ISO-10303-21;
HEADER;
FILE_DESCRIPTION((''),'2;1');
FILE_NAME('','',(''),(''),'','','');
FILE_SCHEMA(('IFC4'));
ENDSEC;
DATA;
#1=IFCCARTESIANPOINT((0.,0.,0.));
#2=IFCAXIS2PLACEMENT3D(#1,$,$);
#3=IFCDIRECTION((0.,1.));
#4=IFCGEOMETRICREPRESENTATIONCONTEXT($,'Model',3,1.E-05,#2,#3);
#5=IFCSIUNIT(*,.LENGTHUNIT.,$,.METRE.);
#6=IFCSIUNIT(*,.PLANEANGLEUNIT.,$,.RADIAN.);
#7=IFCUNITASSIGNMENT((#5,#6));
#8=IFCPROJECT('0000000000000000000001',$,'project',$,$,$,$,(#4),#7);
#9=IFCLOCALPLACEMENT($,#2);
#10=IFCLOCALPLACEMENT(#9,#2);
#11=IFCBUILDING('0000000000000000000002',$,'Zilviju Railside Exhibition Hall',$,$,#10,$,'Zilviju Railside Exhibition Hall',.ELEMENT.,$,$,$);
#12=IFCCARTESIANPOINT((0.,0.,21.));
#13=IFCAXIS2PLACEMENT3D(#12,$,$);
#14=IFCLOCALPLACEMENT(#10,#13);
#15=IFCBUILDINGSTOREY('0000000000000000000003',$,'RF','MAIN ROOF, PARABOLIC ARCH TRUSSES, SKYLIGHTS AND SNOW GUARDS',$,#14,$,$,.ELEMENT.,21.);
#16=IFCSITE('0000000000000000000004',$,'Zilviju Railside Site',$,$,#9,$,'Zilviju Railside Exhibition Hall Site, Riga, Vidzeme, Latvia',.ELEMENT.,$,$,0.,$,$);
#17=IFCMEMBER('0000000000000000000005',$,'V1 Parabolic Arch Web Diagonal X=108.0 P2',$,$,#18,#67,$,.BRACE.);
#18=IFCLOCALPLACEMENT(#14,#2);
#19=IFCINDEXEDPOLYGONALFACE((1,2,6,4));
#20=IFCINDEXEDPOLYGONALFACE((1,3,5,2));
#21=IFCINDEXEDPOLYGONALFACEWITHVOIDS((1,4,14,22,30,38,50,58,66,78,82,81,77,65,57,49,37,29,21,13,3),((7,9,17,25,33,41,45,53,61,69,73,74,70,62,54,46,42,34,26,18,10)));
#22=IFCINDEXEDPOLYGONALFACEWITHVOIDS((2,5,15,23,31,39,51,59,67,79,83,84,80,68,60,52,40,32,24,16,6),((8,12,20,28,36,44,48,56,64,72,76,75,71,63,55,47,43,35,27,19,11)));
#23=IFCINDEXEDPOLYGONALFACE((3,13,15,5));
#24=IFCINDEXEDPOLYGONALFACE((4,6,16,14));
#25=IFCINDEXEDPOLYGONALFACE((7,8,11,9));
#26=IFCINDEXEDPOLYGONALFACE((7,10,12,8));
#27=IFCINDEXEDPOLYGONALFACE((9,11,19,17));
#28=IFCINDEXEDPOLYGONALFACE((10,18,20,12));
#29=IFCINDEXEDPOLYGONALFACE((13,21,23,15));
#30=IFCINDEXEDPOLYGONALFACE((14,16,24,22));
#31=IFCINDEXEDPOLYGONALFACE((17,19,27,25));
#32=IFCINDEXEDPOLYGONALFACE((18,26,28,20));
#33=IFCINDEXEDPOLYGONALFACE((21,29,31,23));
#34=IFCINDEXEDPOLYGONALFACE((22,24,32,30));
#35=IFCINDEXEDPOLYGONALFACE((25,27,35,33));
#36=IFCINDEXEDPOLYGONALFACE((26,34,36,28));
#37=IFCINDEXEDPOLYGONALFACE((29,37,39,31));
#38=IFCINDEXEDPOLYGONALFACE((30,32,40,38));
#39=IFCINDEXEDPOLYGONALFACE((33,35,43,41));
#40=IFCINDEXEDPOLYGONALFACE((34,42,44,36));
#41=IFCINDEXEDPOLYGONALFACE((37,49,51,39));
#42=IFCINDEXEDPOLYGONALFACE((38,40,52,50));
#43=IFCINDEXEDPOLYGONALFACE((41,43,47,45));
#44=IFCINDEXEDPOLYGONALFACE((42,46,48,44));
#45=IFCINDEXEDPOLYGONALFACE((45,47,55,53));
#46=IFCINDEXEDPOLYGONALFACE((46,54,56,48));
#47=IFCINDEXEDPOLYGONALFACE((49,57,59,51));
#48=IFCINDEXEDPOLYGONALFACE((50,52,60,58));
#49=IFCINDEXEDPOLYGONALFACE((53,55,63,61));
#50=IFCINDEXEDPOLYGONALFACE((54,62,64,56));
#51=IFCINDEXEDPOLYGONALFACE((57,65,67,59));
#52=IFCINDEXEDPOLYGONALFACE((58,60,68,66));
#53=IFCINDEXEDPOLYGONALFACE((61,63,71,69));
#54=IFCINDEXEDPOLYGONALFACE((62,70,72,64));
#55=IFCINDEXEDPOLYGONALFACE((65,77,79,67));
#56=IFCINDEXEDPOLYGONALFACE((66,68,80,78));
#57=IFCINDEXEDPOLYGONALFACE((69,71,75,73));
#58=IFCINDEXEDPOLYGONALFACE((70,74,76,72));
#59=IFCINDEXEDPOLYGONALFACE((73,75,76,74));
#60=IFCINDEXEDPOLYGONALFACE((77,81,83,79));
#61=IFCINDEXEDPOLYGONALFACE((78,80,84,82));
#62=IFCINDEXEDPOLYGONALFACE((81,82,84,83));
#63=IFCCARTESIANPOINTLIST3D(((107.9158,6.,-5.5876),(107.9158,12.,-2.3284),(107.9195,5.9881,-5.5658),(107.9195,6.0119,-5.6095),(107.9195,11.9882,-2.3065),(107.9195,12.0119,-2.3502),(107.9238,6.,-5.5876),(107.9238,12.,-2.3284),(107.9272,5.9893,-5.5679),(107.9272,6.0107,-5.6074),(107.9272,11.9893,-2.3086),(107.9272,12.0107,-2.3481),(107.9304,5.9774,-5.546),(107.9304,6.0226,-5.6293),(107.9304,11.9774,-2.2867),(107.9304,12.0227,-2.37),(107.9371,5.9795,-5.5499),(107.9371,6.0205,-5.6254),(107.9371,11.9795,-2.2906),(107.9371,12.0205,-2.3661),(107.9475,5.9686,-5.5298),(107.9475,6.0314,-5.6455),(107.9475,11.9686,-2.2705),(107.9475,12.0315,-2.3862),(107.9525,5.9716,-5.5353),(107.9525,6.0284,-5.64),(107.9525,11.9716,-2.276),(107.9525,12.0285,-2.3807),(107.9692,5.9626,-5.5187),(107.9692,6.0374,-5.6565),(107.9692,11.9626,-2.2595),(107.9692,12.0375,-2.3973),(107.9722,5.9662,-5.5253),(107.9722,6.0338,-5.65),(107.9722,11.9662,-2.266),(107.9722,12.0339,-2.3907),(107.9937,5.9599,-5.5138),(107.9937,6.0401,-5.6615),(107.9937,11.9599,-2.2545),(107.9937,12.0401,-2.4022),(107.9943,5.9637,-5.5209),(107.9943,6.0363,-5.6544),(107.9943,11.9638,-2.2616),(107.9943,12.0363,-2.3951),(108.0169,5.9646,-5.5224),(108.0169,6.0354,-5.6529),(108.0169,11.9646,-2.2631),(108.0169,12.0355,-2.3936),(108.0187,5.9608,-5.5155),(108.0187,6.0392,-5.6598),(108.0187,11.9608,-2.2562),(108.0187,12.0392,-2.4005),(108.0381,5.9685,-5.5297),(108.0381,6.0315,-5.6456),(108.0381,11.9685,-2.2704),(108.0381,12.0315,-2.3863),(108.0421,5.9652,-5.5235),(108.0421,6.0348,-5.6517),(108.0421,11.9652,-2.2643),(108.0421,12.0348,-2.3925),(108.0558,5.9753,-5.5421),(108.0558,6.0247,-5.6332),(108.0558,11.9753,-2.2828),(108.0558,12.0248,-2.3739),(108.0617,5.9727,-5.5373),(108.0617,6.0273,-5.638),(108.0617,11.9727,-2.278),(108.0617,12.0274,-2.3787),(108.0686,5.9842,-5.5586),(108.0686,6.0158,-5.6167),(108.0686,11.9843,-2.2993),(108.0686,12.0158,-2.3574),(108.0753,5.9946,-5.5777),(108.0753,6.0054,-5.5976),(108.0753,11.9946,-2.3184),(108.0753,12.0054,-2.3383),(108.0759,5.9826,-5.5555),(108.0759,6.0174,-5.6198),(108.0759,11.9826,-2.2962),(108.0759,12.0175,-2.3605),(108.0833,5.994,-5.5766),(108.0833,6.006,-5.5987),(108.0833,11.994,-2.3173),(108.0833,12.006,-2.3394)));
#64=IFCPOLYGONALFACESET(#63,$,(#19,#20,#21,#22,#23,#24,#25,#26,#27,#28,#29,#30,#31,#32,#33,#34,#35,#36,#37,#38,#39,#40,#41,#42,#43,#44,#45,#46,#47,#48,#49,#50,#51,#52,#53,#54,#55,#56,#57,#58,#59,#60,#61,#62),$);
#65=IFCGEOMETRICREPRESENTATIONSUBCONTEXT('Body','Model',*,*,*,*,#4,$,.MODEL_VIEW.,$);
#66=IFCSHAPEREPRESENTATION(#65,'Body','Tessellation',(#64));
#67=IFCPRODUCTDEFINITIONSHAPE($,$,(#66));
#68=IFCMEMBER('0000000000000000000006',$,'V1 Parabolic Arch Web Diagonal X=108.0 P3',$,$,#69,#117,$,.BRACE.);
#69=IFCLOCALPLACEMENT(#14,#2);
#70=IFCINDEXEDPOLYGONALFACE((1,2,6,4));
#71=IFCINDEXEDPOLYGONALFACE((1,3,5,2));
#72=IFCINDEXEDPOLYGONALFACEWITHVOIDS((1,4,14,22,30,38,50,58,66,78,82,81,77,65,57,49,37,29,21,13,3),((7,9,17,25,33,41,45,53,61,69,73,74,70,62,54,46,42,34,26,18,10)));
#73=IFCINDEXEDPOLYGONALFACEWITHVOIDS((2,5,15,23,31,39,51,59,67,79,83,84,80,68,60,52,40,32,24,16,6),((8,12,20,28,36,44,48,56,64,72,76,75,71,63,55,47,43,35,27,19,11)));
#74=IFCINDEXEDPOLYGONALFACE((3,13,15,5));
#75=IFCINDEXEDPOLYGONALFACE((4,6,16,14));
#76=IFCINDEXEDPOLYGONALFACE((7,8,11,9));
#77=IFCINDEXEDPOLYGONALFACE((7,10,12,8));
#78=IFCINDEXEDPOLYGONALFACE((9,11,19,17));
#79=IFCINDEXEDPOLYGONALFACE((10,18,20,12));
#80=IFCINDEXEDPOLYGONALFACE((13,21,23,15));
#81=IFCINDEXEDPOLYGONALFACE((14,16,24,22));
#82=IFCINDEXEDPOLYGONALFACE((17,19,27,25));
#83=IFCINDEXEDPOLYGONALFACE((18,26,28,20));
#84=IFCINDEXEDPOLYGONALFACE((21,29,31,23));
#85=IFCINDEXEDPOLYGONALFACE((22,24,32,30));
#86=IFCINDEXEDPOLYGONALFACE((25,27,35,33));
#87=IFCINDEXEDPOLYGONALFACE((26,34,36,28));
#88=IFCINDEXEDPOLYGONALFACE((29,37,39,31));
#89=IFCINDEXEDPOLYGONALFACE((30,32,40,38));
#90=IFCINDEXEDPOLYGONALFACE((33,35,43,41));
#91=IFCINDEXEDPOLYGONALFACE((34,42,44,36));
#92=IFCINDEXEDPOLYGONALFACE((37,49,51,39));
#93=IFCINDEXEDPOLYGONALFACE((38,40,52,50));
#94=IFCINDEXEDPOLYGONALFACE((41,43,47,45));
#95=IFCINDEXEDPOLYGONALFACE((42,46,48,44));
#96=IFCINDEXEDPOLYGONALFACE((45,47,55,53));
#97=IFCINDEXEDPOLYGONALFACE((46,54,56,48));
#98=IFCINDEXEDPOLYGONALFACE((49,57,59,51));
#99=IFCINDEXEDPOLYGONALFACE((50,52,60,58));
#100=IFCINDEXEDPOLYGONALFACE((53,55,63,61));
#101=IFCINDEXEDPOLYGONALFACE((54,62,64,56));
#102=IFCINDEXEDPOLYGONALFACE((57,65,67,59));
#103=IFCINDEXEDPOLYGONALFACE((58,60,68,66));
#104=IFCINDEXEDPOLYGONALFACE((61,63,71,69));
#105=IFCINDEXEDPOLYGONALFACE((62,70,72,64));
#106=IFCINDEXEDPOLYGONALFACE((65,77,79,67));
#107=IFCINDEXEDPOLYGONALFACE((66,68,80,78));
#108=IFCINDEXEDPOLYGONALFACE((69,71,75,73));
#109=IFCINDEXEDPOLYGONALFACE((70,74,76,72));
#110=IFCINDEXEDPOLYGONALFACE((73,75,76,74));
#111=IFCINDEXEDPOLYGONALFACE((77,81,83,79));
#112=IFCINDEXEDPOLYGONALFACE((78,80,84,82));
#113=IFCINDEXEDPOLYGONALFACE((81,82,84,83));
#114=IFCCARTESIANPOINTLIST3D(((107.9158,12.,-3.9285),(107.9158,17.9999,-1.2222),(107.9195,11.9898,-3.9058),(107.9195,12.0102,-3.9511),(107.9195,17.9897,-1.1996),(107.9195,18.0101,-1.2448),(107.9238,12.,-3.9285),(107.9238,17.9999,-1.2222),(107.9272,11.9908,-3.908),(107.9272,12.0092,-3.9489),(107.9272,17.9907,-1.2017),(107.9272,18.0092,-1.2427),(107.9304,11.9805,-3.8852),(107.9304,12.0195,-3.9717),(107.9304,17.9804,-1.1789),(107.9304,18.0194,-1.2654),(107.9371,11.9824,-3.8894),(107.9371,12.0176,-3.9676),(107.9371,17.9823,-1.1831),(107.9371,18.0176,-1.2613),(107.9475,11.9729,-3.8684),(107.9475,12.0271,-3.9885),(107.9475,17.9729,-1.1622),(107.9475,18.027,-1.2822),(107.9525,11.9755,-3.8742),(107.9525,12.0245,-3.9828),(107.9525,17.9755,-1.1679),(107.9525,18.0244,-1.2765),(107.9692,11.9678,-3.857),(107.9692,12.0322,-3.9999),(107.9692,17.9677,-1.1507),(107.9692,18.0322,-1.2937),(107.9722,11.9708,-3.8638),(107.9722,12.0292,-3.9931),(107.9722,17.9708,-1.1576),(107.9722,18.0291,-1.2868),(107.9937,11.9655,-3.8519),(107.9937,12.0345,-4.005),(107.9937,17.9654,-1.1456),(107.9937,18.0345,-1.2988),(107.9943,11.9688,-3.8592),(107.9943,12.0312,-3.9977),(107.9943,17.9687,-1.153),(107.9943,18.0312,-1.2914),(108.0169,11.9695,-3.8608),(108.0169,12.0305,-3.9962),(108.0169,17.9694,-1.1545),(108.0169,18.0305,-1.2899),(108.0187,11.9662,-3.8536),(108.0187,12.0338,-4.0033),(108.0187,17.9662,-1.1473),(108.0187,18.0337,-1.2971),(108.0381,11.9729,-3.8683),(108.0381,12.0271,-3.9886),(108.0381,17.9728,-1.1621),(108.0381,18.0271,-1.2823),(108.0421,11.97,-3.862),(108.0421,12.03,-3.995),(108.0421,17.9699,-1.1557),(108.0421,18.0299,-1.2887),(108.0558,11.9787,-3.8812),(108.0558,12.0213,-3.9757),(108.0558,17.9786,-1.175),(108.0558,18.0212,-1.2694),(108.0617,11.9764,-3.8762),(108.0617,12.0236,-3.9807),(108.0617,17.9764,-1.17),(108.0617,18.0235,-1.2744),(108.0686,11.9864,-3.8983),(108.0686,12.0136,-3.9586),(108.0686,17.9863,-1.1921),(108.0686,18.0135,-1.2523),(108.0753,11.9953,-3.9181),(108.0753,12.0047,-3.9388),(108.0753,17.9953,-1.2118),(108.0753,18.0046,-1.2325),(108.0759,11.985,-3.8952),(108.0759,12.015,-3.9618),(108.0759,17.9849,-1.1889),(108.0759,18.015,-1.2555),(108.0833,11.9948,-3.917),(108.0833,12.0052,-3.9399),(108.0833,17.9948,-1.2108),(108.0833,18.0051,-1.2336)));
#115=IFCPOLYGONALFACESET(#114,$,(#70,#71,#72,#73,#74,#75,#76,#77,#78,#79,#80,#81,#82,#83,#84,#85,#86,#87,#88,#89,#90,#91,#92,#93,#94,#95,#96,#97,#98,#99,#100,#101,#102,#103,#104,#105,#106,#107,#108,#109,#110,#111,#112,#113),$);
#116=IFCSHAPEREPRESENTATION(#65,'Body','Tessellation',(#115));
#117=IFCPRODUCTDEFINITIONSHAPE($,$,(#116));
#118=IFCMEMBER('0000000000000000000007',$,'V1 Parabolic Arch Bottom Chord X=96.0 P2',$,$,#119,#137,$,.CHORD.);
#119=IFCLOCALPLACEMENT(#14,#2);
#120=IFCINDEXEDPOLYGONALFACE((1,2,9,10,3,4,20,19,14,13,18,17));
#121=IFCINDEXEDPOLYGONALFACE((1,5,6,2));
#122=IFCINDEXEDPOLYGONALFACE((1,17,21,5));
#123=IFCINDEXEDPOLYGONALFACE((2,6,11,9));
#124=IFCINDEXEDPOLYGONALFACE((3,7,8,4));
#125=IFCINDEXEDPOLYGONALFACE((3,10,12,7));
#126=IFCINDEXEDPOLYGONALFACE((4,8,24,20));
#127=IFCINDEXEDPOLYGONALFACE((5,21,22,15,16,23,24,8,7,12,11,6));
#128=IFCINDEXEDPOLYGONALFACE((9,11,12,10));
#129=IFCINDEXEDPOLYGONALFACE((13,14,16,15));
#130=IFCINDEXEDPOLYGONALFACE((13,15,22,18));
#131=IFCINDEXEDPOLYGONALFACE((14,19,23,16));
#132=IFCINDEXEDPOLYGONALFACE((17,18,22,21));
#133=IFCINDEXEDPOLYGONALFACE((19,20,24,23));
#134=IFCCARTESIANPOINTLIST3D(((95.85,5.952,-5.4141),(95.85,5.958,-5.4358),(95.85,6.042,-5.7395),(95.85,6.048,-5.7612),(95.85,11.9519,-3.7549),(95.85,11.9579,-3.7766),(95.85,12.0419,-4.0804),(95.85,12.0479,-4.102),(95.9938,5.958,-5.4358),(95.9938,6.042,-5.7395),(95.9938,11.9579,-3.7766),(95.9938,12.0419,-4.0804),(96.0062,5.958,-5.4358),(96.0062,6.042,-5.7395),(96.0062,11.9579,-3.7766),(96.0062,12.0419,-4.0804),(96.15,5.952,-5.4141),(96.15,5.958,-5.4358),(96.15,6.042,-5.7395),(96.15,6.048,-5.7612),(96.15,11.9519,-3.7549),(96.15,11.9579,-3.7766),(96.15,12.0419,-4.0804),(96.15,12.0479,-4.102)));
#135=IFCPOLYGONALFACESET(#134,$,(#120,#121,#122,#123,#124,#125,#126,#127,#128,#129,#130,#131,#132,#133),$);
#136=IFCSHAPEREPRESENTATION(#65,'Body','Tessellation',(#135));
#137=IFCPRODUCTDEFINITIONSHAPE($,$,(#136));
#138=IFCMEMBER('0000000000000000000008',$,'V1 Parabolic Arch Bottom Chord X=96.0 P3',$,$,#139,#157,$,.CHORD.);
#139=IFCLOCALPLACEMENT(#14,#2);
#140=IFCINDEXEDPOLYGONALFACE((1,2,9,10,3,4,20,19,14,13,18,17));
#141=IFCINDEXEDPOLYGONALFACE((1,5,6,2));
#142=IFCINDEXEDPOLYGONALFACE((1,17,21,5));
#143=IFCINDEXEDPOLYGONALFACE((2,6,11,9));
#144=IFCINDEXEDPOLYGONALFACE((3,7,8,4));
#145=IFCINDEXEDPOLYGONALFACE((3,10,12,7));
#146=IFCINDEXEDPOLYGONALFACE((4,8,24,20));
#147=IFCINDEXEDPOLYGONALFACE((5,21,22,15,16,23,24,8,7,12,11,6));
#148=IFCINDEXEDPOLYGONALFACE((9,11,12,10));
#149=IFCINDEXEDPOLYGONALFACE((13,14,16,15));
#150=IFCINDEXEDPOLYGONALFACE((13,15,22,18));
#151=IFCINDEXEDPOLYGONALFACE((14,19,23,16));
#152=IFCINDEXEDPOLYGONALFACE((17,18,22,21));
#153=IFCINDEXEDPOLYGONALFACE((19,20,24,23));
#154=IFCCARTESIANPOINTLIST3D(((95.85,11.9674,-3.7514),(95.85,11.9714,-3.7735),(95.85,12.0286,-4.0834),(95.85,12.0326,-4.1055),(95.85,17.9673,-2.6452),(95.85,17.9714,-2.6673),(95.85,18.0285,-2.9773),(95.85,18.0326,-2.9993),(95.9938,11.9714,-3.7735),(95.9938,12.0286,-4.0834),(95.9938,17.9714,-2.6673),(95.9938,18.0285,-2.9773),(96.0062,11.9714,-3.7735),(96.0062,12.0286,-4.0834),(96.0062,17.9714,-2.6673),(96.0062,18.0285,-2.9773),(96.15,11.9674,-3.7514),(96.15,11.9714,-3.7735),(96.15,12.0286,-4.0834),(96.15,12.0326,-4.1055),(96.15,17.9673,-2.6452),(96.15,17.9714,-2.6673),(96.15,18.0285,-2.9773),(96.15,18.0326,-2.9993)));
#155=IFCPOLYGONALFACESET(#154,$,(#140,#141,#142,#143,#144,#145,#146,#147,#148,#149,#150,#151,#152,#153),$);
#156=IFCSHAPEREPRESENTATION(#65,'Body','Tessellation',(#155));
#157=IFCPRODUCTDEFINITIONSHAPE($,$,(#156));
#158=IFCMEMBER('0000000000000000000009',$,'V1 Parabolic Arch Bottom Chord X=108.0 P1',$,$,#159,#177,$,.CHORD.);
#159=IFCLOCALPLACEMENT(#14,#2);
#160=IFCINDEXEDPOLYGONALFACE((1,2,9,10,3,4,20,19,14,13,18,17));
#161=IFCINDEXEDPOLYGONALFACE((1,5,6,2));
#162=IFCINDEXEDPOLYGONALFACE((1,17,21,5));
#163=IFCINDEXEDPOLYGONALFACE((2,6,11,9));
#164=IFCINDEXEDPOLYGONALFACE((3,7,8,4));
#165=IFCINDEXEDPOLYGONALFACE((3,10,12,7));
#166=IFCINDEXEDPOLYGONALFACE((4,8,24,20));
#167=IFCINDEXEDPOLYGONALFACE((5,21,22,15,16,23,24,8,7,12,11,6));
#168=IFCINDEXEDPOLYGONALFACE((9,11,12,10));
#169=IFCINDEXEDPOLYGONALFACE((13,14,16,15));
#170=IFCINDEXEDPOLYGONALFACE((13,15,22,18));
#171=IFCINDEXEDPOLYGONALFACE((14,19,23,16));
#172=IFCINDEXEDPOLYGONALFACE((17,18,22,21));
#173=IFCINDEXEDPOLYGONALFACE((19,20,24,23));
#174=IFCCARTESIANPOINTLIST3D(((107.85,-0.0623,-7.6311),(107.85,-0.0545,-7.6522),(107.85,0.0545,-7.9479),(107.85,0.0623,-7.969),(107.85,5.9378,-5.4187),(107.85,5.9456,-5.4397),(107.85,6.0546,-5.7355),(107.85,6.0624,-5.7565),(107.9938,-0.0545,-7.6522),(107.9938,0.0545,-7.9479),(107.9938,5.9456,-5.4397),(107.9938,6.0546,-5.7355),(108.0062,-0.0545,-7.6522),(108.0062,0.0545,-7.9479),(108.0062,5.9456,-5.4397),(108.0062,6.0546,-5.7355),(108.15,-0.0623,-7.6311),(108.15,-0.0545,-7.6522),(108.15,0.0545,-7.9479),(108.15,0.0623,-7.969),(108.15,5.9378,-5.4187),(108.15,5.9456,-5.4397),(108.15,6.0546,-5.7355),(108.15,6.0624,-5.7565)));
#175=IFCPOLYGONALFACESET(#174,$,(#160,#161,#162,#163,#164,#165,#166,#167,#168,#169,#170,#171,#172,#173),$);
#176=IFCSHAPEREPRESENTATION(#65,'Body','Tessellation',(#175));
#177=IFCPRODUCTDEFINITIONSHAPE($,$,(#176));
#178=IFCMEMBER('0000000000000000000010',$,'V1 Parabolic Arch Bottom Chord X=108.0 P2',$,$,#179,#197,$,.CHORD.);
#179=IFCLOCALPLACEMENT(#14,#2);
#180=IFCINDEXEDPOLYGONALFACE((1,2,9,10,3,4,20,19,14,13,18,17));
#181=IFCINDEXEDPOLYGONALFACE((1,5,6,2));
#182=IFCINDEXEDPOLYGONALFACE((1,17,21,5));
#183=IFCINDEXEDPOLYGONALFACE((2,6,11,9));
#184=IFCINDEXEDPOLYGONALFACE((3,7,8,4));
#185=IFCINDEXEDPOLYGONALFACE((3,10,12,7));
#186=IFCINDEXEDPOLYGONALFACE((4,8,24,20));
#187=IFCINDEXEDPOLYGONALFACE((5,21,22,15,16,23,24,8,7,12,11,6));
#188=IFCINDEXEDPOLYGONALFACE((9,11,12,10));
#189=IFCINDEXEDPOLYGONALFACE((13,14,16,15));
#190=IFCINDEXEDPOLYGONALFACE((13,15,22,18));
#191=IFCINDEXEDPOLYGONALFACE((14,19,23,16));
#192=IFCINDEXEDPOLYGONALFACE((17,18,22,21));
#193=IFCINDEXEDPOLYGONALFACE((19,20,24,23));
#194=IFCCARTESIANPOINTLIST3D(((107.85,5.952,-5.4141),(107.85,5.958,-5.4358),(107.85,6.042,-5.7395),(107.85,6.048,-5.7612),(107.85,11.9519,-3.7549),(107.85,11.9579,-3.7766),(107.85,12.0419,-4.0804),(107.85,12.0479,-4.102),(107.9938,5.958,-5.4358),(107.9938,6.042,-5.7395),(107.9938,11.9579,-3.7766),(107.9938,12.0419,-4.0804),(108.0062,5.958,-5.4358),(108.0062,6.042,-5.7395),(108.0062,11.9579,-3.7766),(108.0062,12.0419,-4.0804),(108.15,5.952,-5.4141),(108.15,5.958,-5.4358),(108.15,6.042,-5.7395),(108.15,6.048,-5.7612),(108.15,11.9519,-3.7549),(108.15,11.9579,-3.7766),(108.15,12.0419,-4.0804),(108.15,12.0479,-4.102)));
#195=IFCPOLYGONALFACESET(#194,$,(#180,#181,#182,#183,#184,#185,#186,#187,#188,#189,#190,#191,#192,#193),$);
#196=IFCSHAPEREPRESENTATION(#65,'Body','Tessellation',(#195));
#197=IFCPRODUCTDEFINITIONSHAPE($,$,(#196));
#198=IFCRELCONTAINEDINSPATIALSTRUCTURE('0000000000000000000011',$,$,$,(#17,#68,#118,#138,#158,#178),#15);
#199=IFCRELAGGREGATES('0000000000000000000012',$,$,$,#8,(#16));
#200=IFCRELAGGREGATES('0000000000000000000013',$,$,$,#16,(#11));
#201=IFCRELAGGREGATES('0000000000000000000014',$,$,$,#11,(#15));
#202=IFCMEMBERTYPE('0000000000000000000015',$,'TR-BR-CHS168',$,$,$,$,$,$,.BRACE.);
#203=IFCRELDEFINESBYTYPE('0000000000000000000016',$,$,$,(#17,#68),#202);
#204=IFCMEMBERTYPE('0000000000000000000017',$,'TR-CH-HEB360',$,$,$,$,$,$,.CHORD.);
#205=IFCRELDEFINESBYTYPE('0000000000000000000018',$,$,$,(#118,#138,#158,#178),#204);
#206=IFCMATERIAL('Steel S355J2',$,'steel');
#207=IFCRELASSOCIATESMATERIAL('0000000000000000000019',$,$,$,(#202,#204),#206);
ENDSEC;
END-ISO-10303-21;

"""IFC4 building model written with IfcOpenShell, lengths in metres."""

from ifc_helpers import new_model, si_unit, direction, frame, origin, origin_2d, place, context, subcontext, project, spatial, hollow_circle, i_section, extrude, material, material_profile, profile_set, type_object, element, save


model = new_model("IFC4")

# Units and contexts
model_context = context("Model", 3, precision=1e-05, world=origin(), true_north=direction((0.0, 1.0)))
body_context = subcontext(model_context, "Body", "Model", "MODEL_VIEW")
ifc_project = project(units=[si_unit("LENGTHUNIT", "METRE"), si_unit("PLANEANGLEUNIT", "RADIAN")], contexts=[model_context])

# Site, building, storey
site_placement = place(None, origin())
site = spatial("IfcSite", under=ifc_project, at=site_placement, Name="Zilviju Railside Site", LongName="Zilviju Railside Exhibition Hall Site, Riga, Vidzeme, Latvia", CompositionType="ELEMENT", RefElevation=0.0)
building_placement = place(site_placement, origin())
building = spatial("IfcBuilding", under=site, at=building_placement, Name="Zilviju Railside Exhibition Hall", LongName="Zilviju Railside Exhibition Hall", CompositionType="ELEMENT")
storey_placement = place(building_placement, frame((0.0, 0.0, 21.0)))
storey = spatial("IfcBuildingStorey", under=building, at=storey_placement, Name="RF", Description="MAIN ROOF, PARABOLIC ARCH TRUSSES, SKYLIGHTS AND SNOW GUARDS", CompositionType="ELEMENT", Elevation=21.0)

# Members
ifc_material_1 = material(Name="Steel S355J2", Category="steel")
ifc_material_profile_1 = material_profile(ifc_material_1, hollow_circle(Radius=0.0842, WallThickness=0.0081, at=origin_2d()), Name="CHS 168.3x8.0")
ifc_profile_set_1 = profile_set([ifc_material_profile_1], Name="Steel S355J2")
member_type_1 = type_object("IfcMemberType", Name="TR-BR-CHS168", PredefinedType="BRACE", material=ifc_profile_set_1)
member_1_placement = place(storey_placement, frame((108.0, 6.0, -5.5876), z_axis=(0.0, 0.878722, 0.477333), x_axis=(-1.0, 0.0, 0.0)))
element("IfcMember", 1, at=member_1_placement, inside=storey, type_object=member_type_1, Name="V1 Parabolic Arch Web Diagonal X=108.0 P2", PredefinedType="BRACE", context=body_context, shape_type="SweptSolid", body=[
    extrude(hollow_circle(Radius=0.0842, WallThickness=0.0081, at=origin_2d()), origin(), (0.0, 0.0, 1.0), 6.8281),
])
member_2_placement = place(storey_placement, frame((108.0, 12.0, -3.9285), z_axis=(0.0, 0.911563, 0.41116), x_axis=(-1.0, 0.0, 0.0)))
element("IfcMember", 2, at=member_2_placement, inside=storey, type_object=member_type_1, Name="V1 Parabolic Arch Web Diagonal X=108.0 P3", PredefinedType="BRACE", context=body_context, shape_type="SweptSolid", body=[
    extrude(hollow_circle(Radius=0.0842, WallThickness=0.0081, at=origin_2d()), origin(), (0.0, 0.0, 1.0), 6.582),
])
ifc_material_profile_2 = material_profile(ifc_material_1, i_section(OverallWidth=0.3, OverallDepth=0.3601, WebThickness=0.0125, FlangeThickness=0.0225, at=origin_2d()), Name="HEB 360")
ifc_profile_set_2 = profile_set([ifc_material_profile_2], Name="Steel S355J2")
member_type_2 = type_object("IfcMemberType", Name="TR-CH-HEB360", PredefinedType="CHORD", material=ifc_profile_set_2)
member_3_placement = place(storey_placement, frame((96.0, 6.0, -5.5876), z_axis=(0.0, 0.963827, 0.266527), x_axis=(-1.0, 0.0, 0.0)))
element("IfcMember", 3, at=member_3_placement, inside=storey, type_object=member_type_2, Name="V1 Parabolic Arch Bottom Chord X=96.0 P2", PredefinedType="CHORD", context=body_context, shape_type="SweptSolid", body=[
    extrude(i_section(OverallWidth=0.3, OverallDepth=0.3601, WebThickness=0.0125, FlangeThickness=0.0225, at=origin_2d()), origin(), (0.0, 0.0, 1.0), 6.2251),
])
member_4_placement = place(storey_placement, frame((96.0, 12.0, -3.9285), z_axis=(0.0, 0.983426, 0.181311), x_axis=(-1.0, 0.0, 0.0)))
element("IfcMember", 4, at=member_4_placement, inside=storey, type_object=member_type_2, Name="V1 Parabolic Arch Bottom Chord X=96.0 P3", PredefinedType="CHORD", context=body_context, shape_type="SweptSolid", body=[
    extrude(i_section(OverallWidth=0.3, OverallDepth=0.3601, WebThickness=0.0125, FlangeThickness=0.0225, at=origin_2d()), origin(), (0.0, 0.0, 1.0), 6.1011),
])
member_5_placement = place(storey_placement, frame((108.0, 0.0, -7.8), z_axis=(0.0, 0.938248, 0.345964), x_axis=(-1.0, 0.0, 0.0)))
element("IfcMember", 5, at=member_5_placement, inside=storey, type_object=member_type_2, Name="V1 Parabolic Arch Bottom Chord X=108.0 P1", PredefinedType="CHORD", context=body_context, shape_type="SweptSolid", body=[
    extrude(i_section(OverallWidth=0.3, OverallDepth=0.3601, WebThickness=0.0125, FlangeThickness=0.0225, at=origin_2d()), origin(), (0.0, 0.0, 1.0), 6.395),
])
member_6_placement = place(storey_placement, frame((108.0, 6.0, -5.5876), z_axis=(0.0, 0.963827, 0.266527), x_axis=(-1.0, 0.0, 0.0)))
element("IfcMember", 6, at=member_6_placement, inside=storey, type_object=member_type_2, Name="V1 Parabolic Arch Bottom Chord X=108.0 P2", PredefinedType="CHORD", context=body_context, shape_type="SweptSolid", body=[
    extrude(i_section(OverallWidth=0.3, OverallDepth=0.3601, WebThickness=0.0125, FlangeThickness=0.0225, at=origin_2d()), origin(), (0.0, 0.0, 1.0), 6.2251),
])

save(model, "model.ifc")
